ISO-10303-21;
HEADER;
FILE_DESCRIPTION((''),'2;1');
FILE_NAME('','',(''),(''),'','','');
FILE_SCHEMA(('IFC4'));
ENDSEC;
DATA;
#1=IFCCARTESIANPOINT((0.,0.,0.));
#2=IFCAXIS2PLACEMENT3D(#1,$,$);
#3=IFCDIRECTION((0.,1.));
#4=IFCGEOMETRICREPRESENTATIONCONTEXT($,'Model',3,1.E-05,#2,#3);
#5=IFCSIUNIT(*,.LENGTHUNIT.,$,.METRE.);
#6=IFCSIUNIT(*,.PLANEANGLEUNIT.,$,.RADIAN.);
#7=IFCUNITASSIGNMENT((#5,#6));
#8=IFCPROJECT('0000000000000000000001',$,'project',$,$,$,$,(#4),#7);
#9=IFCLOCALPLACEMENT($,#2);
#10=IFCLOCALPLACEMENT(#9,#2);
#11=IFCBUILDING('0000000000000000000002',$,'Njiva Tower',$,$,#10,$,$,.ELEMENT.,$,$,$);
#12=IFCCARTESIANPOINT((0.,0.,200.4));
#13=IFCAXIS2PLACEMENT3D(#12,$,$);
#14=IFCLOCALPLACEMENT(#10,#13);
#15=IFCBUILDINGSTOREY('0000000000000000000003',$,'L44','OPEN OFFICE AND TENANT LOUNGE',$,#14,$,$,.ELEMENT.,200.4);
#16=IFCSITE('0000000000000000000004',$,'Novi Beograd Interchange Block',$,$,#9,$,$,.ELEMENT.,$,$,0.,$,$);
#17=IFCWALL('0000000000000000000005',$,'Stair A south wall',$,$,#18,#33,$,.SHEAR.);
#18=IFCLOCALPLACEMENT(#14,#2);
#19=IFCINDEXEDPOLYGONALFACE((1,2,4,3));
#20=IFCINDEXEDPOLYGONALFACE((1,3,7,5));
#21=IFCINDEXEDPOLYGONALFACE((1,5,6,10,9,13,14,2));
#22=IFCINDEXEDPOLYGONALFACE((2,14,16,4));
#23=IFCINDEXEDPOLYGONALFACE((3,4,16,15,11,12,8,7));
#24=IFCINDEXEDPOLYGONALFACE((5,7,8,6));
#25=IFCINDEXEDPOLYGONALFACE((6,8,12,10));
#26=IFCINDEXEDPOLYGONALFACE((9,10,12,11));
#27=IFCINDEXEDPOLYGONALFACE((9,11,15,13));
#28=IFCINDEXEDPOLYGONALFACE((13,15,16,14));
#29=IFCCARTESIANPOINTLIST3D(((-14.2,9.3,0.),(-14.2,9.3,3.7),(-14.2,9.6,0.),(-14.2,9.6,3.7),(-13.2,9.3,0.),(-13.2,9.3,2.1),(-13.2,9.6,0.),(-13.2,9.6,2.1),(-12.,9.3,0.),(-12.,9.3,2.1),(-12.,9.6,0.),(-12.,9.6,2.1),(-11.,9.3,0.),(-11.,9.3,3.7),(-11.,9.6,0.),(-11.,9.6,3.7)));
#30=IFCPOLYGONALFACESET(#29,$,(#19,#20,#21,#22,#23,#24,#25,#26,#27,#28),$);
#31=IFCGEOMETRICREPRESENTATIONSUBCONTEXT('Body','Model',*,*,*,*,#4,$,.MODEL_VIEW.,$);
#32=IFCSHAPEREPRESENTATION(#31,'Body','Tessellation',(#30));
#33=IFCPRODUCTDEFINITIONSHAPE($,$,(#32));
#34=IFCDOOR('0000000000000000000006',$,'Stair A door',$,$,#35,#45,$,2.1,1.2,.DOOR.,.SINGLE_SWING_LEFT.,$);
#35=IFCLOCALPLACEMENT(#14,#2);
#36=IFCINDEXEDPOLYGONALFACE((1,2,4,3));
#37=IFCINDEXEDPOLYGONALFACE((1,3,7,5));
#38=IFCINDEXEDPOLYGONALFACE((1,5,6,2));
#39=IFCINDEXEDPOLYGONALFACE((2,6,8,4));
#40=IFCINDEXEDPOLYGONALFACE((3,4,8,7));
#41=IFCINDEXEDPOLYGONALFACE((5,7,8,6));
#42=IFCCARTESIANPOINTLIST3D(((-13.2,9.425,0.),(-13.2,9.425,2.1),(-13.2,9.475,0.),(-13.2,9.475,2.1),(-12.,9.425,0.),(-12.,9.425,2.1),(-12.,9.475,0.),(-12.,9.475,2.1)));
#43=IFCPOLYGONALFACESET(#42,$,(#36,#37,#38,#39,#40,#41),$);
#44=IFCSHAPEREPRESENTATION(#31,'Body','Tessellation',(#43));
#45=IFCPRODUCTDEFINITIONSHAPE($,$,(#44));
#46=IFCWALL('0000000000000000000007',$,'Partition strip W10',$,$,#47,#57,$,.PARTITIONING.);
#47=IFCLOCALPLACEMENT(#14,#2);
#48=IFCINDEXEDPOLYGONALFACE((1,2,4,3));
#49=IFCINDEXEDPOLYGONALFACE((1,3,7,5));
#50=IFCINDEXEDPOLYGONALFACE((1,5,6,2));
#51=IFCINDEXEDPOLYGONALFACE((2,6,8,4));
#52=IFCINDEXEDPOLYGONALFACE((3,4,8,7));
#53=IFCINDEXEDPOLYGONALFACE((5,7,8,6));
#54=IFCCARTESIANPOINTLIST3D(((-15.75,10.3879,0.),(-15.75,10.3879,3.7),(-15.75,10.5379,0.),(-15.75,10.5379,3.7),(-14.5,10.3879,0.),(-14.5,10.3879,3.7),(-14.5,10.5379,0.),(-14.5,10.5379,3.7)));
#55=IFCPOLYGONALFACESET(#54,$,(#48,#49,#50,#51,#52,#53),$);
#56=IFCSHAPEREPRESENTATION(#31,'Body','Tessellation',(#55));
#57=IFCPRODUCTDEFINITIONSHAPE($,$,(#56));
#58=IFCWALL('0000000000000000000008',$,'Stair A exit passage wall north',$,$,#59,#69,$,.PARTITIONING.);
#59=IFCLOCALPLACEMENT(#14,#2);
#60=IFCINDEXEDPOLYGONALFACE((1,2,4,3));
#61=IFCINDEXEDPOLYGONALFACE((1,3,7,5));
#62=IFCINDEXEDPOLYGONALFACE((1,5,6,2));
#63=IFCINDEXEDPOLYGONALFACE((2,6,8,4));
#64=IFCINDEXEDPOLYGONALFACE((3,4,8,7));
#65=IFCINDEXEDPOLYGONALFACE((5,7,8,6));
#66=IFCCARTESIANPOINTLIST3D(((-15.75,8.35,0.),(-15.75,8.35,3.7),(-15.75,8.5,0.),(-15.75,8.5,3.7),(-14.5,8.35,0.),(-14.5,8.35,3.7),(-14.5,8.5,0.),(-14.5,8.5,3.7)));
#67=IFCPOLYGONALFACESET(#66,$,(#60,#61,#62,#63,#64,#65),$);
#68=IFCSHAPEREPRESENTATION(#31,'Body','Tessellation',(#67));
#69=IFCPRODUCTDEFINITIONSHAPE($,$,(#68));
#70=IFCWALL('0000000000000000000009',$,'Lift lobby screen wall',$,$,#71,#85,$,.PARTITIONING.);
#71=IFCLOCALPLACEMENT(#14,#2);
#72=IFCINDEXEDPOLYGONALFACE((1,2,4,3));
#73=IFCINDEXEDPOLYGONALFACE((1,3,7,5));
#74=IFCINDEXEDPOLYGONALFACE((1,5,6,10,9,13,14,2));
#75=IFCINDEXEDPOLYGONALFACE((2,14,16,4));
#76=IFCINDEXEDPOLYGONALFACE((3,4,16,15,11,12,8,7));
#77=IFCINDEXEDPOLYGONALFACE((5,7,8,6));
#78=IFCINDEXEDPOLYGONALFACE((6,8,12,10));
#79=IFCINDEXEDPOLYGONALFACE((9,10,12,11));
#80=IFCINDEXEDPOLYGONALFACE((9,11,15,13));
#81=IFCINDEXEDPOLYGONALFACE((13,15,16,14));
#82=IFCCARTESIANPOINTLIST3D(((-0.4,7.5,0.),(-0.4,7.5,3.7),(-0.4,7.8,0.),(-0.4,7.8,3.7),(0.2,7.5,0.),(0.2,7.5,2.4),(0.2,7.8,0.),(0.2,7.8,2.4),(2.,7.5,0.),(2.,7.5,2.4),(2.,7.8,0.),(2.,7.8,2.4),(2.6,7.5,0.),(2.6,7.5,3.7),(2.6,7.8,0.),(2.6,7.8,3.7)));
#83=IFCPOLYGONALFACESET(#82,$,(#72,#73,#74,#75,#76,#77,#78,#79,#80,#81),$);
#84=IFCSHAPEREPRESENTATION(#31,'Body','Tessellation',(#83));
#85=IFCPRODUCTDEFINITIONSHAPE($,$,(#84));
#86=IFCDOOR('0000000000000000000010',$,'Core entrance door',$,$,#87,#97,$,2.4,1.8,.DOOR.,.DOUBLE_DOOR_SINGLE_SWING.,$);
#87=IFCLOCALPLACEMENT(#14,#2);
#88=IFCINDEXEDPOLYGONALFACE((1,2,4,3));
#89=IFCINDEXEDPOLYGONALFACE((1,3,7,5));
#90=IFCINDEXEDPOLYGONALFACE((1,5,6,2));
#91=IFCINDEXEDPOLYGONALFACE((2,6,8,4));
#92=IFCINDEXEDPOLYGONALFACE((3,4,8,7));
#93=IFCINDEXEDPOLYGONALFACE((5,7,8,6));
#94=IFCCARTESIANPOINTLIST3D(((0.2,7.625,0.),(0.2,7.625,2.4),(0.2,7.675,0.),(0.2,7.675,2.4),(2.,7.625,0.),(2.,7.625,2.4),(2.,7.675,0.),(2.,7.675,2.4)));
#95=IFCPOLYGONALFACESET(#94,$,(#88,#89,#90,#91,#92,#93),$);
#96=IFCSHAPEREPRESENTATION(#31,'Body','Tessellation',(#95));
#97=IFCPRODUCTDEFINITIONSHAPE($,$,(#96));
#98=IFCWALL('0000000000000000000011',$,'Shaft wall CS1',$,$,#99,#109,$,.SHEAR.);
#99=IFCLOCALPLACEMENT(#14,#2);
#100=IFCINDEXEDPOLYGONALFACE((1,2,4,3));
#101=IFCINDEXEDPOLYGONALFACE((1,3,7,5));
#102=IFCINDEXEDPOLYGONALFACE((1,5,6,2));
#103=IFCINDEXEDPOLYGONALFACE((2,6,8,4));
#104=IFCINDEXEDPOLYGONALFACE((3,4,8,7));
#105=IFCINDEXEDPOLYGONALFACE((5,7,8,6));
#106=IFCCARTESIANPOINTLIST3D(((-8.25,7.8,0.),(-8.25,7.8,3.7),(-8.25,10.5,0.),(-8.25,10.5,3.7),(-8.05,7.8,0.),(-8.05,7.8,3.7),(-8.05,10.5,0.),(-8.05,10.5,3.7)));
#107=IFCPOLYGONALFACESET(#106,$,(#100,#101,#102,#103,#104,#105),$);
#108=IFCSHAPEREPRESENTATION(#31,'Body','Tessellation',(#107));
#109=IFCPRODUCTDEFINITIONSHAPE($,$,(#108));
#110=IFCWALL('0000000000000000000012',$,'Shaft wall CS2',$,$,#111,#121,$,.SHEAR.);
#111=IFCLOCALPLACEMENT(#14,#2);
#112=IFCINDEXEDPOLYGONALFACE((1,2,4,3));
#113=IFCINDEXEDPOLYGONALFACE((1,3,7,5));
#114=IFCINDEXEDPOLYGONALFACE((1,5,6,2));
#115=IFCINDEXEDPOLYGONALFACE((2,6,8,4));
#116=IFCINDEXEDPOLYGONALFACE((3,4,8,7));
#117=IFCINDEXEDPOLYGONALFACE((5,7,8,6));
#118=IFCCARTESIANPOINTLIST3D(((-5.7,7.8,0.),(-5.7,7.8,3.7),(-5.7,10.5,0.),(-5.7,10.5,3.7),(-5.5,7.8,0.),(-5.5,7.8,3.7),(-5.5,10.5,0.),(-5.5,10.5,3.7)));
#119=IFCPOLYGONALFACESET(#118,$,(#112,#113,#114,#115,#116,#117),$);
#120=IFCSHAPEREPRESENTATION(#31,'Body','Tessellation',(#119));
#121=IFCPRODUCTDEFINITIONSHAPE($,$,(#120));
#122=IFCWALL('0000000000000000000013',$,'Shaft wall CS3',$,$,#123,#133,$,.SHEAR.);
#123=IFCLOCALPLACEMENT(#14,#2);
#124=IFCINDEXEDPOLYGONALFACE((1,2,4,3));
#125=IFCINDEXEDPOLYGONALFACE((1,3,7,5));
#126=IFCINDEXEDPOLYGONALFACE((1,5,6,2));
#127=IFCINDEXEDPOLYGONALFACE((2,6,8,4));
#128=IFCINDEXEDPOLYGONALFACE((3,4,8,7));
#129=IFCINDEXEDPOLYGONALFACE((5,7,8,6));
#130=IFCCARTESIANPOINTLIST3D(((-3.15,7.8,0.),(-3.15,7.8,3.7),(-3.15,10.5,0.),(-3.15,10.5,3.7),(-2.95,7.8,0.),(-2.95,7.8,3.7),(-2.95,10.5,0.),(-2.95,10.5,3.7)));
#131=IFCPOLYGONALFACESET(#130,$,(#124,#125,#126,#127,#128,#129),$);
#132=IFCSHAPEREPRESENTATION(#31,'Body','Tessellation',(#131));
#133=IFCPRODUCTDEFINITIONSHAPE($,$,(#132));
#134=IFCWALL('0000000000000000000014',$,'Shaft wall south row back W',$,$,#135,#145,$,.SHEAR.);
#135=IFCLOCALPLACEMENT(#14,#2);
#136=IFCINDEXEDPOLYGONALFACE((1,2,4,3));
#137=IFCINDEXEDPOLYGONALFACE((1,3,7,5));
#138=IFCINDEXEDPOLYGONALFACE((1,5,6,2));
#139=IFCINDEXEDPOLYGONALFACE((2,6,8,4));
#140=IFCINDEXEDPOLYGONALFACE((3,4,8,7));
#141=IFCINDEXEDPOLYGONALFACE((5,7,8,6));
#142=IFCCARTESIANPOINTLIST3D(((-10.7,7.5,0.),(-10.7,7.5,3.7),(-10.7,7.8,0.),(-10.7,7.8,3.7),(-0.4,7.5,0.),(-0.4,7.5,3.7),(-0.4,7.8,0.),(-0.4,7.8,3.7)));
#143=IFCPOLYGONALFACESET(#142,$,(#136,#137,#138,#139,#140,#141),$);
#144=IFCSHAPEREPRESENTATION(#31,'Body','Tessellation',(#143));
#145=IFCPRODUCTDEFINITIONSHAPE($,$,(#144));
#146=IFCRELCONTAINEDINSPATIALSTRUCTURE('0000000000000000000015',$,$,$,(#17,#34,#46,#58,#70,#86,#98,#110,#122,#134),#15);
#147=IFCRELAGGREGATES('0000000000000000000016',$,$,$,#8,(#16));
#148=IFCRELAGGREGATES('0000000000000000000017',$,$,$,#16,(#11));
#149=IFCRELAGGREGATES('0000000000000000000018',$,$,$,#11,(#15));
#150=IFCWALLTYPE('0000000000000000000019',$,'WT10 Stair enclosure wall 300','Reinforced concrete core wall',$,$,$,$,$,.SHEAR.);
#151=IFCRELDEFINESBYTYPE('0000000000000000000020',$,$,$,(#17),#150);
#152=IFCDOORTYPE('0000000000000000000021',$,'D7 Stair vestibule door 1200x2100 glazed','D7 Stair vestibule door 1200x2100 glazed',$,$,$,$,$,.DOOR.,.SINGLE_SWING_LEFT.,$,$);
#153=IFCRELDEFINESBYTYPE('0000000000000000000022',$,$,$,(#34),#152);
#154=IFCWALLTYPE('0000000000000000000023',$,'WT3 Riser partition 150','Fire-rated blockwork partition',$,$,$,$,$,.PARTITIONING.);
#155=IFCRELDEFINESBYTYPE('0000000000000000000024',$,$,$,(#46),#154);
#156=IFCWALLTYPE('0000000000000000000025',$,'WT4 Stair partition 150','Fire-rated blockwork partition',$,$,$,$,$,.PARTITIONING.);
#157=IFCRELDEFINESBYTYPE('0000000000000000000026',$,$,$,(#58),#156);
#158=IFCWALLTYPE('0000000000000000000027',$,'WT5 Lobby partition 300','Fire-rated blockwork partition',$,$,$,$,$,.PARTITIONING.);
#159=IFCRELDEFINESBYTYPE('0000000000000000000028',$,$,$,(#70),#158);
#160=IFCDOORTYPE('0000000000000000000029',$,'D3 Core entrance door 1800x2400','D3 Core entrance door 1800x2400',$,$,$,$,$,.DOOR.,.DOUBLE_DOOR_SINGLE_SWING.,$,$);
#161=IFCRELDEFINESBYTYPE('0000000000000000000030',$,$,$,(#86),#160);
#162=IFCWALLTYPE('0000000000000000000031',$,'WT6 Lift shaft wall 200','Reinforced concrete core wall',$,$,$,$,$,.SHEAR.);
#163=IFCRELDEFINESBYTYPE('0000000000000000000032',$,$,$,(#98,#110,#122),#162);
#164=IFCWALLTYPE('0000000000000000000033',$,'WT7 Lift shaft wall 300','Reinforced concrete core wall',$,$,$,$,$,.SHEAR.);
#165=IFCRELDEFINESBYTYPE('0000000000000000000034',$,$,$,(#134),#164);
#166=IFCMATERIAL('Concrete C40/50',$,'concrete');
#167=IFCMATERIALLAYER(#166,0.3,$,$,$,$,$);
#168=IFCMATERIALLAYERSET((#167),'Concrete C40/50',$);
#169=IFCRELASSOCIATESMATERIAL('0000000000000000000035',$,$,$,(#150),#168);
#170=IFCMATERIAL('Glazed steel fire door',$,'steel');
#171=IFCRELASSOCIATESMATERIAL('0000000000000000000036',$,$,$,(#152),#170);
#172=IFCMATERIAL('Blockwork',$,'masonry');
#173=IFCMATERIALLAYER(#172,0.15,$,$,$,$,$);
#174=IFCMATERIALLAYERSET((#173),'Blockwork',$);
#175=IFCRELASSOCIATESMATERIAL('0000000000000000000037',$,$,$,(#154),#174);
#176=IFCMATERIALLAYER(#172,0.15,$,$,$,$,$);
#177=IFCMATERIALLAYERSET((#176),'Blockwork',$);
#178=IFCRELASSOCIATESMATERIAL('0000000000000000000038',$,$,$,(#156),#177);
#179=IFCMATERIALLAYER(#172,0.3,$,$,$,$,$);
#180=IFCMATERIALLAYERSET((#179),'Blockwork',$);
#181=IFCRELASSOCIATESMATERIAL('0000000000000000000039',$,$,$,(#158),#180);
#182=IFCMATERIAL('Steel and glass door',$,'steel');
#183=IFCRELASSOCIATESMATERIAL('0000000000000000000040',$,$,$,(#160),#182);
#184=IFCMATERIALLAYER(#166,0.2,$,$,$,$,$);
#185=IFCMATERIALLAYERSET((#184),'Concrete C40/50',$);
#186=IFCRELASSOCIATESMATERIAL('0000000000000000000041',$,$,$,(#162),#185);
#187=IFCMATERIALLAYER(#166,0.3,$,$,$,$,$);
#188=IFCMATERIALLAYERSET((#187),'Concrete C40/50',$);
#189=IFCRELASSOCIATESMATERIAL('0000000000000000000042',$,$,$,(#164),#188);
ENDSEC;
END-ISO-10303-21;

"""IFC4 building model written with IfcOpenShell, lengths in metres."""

from ifc_helpers import new_model, si_unit, direction, frame, frame_2d, origin, place, context, subcontext, project, spatial, rectangle, extrude, material, layer, layer_set, type_object, element, fill, save


model = new_model("IFC4")

# Units and contexts
model_context = context("Model", 3, precision=1e-05, world=origin(), true_north=direction((0.0, 1.0)))
body_context = subcontext(model_context, "Body", "Model", "MODEL_VIEW")
ifc_project = project(units=[si_unit("LENGTHUNIT", "METRE"), si_unit("PLANEANGLEUNIT", "RADIAN")], contexts=[model_context])

# Site, building, storey
site_placement = place(None, origin())
site = spatial("IfcSite", under=ifc_project, at=site_placement, Name="Novi Beograd Interchange Block", CompositionType="ELEMENT", RefElevation=0.0)
building_placement = place(site_placement, origin())
building = spatial("IfcBuilding", under=site, at=building_placement, Name="Njiva Tower", CompositionType="ELEMENT")
storey_placement = place(building_placement, frame((0.0, 0.0, 200.4)))
storey = spatial("IfcBuildingStorey", under=building, at=storey_placement, Name="L44", Description="OPEN OFFICE AND TENANT LOUNGE", CompositionType="ELEMENT", Elevation=200.4)

# Shared definitions
ifc_material_1 = material(Name="Blockwork", Category="masonry")

# Shared definitions
ifc_material_2 = material(Name="Concrete C40/50", Category="concrete")
ifc_layer_1 = layer(ifc_material_2, 0.3)
ifc_layer_set_1 = layer_set([ifc_layer_1], Name="Concrete C40/50")
wall_type_1 = type_object("IfcWallType", Name="WT10 Stair enclosure wall 300", Description="Reinforced concrete core wall", PredefinedType="SHEAR", material=ifc_layer_set_1)
ifc_material_3 = material(Name="Glazed steel fire door", Category="steel")

# Wall, opening, door
wall_1_placement = place(storey_placement, frame((-14.2, 9.45, 0.0), z_axis=(0.0, 0.0, 1.0), x_axis=(1.0, 0.0, 0.0)))
wall_1 = element("IfcWall", 1, at=wall_1_placement, inside=storey, type_object=wall_type_1, Name="Stair A south wall", PredefinedType="SHEAR", context=body_context, shape_type="SweptSolid", body=[
    extrude(rectangle(XDim=3.2, YDim=0.3, at=frame_2d((1.6, 0.0))), origin(), (0.0, 0.0, 1.0), 3.7),
])
opening_1_placement = place(wall_1_placement, frame((1.0, 0.0, 0.0)))
opening_1 = element("IfcOpeningElement", 2, at=opening_1_placement, cuts=wall_1, PredefinedType="OPENING", context=body_context, shape_type="SweptSolid", body=[
    extrude(rectangle(XDim=1.2, YDim=2.1, at=frame_2d((0.6, 1.05))), frame((0.0, 0.16, 0.0), z_axis=(0.0, -1.0, 0.0), x_axis=(1.0, 0.0, 0.0)), (0.0, 0.0, 1.0), 0.32),
])
door_type_1 = type_object("IfcDoorType", Name="D7 Stair vestibule door 1200x2100 glazed", Description="D7 Stair vestibule door 1200x2100 glazed", OperationType="SINGLE_SWING_LEFT", PredefinedType="DOOR", material=ifc_material_3)
door_1_placement = place(opening_1_placement, origin())
door_1 = element("IfcDoor", 3, at=door_1_placement, inside=storey, type_object=door_type_1, Name="Stair A door", OperationType="SINGLE_SWING_LEFT", OverallHeight=2.1, OverallWidth=1.2, PredefinedType="DOOR", context=body_context, shape_type="SweptSolid", body=[
    extrude(rectangle(XDim=1.2, YDim=2.1, at=frame_2d((0.6, 1.05))), frame((0.0, 0.025, 0.0), z_axis=(0.0, -1.0, 0.0), x_axis=(1.0, 0.0, 0.0)), (0.0, 0.0, 1.0), 0.05),
])
fill(opening_1, door_1)

# Walls
ifc_layer_2 = layer(ifc_material_1, 0.15)
ifc_layer_set_2 = layer_set([ifc_layer_2], Name="Blockwork")
wall_type_2 = type_object("IfcWallType", Name="WT3 Riser partition 150", Description="Fire-rated blockwork partition", PredefinedType="PARTITIONING", material=ifc_layer_set_2)
wall_2_placement = place(storey_placement, frame((-15.75, 10.4629, 0.0), z_axis=(0.0, 0.0, 1.0), x_axis=(1.0, 0.0, 0.0)))
element("IfcWall", 4, at=wall_2_placement, inside=storey, type_object=wall_type_2, Name="Partition strip W10", PredefinedType="PARTITIONING", context=body_context, shape_type="SweptSolid", body=[
    extrude(rectangle(XDim=1.25, YDim=0.15, at=frame_2d((0.625, 0.0))), origin(), (0.0, 0.0, 1.0), 3.7),
])
ifc_layer_3 = layer(ifc_material_1, 0.15)
ifc_layer_set_3 = layer_set([ifc_layer_3], Name="Blockwork")
wall_type_3 = type_object("IfcWallType", Name="WT4 Stair partition 150", Description="Fire-rated blockwork partition", PredefinedType="PARTITIONING", material=ifc_layer_set_3)
wall_3_placement = place(storey_placement, frame((-15.75, 8.425, 0.0), z_axis=(0.0, 0.0, 1.0), x_axis=(1.0, 0.0, 0.0)))
element("IfcWall", 5, at=wall_3_placement, inside=storey, type_object=wall_type_3, Name="Stair A exit passage wall north", PredefinedType="PARTITIONING", context=body_context, shape_type="SweptSolid", body=[
    extrude(rectangle(XDim=1.25, YDim=0.15, at=frame_2d((0.625, 0.0))), origin(), (0.0, 0.0, 1.0), 3.7),
])

# Wall, opening, door
ifc_layer_4 = layer(ifc_material_1, 0.3)
ifc_layer_set_4 = layer_set([ifc_layer_4], Name="Blockwork")
wall_type_4 = type_object("IfcWallType", Name="WT5 Lobby partition 300", Description="Fire-rated blockwork partition", PredefinedType="PARTITIONING", material=ifc_layer_set_4)
wall_4_placement = place(storey_placement, frame((-0.4, 7.65, 0.0), z_axis=(0.0, 0.0, 1.0), x_axis=(1.0, 0.0, 0.0)))
wall_4 = element("IfcWall", 6, at=wall_4_placement, inside=storey, type_object=wall_type_4, Name="Lift lobby screen wall", PredefinedType="PARTITIONING", context=body_context, shape_type="SweptSolid", body=[
    extrude(rectangle(XDim=3.0, YDim=0.3, at=frame_2d((1.5, 0.0))), origin(), (0.0, 0.0, 1.0), 3.7),
])
opening_2_placement = place(wall_4_placement, frame((0.6, 0.0, 0.0)))
opening_2 = element("IfcOpeningElement", 7, at=opening_2_placement, cuts=wall_4, PredefinedType="OPENING", context=body_context, shape_type="SweptSolid", body=[
    extrude(rectangle(XDim=1.8, YDim=2.4, at=frame_2d((0.9, 1.2))), frame((0.0, 0.16, 0.0), z_axis=(0.0, -1.0, 0.0), x_axis=(1.0, 0.0, 0.0)), (0.0, 0.0, 1.0), 0.32),
])
ifc_material_4 = material(Name="Steel and glass door", Category="steel")
door_type_2 = type_object("IfcDoorType", Name="D3 Core entrance door 1800x2400", Description="D3 Core entrance door 1800x2400", OperationType="DOUBLE_DOOR_SINGLE_SWING", PredefinedType="DOOR", material=ifc_material_4)
door_2_placement = place(opening_2_placement, origin())
door_2 = element("IfcDoor", 8, at=door_2_placement, inside=storey, type_object=door_type_2, Name="Core entrance door", OperationType="DOUBLE_DOOR_SINGLE_SWING", OverallHeight=2.4, OverallWidth=1.8, PredefinedType="DOOR", context=body_context, shape_type="SweptSolid", body=[
    extrude(rectangle(XDim=1.8, YDim=2.4, at=frame_2d((0.9, 1.2))), frame((0.0, 0.025, 0.0), z_axis=(0.0, -1.0, 0.0), x_axis=(1.0, 0.0, 0.0)), (0.0, 0.0, 1.0), 0.05),
])
fill(opening_2, door_2)

# Walls
ifc_layer_5 = layer(ifc_material_2, 0.2)
ifc_layer_set_5 = layer_set([ifc_layer_5], Name="Concrete C40/50")
wall_type_5 = type_object("IfcWallType", Name="WT6 Lift shaft wall 200", Description="Reinforced concrete core wall", PredefinedType="SHEAR", material=ifc_layer_set_5)
for number, where, z_axis, x_axis, name in (
    (9, (-8.15, 7.8, 0.0), (0.0, 0.0, 1.0), (0.0, 1.0, 0.0), "Shaft wall CS1"),
    (10, (-5.6, 7.8, 0.0), (0.0, 0.0, 1.0), (0.0, 1.0, 0.0), "Shaft wall CS2"),
    (11, (-3.05, 7.8, 0.0), (0.0, 0.0, 1.0), (0.0, 1.0, 0.0), "Shaft wall CS3"),
):
    element("IfcWall", number, at=place(storey_placement, frame(where, z_axis=z_axis, x_axis=x_axis)), inside=storey, type_object=wall_type_5, Name=name, PredefinedType="SHEAR", context=body_context, shape_type="SweptSolid", body=[
        extrude(rectangle(XDim=2.7, YDim=0.2, at=frame_2d((1.35, 0.0))), origin(), (0.0, 0.0, 1.0), 3.7),
    ])
ifc_layer_6 = layer(ifc_material_2, 0.3)
ifc_layer_set_6 = layer_set([ifc_layer_6], Name="Concrete C40/50")
wall_type_6 = type_object("IfcWallType", Name="WT7 Lift shaft wall 300", Description="Reinforced concrete core wall", PredefinedType="SHEAR", material=ifc_layer_set_6)
wall_5_placement = place(storey_placement, frame((-10.7, 7.65, 0.0), z_axis=(0.0, 0.0, 1.0), x_axis=(1.0, 0.0, 0.0)))
element("IfcWall", 12, at=wall_5_placement, inside=storey, type_object=wall_type_6, Name="Shaft wall south row back W", PredefinedType="SHEAR", context=body_context, shape_type="SweptSolid", body=[
    extrude(rectangle(XDim=10.3, YDim=0.3, at=frame_2d((5.15, 0.0))), origin(), (0.0, 0.0, 1.0), 3.7),
])

save(model, "model.ifc")
